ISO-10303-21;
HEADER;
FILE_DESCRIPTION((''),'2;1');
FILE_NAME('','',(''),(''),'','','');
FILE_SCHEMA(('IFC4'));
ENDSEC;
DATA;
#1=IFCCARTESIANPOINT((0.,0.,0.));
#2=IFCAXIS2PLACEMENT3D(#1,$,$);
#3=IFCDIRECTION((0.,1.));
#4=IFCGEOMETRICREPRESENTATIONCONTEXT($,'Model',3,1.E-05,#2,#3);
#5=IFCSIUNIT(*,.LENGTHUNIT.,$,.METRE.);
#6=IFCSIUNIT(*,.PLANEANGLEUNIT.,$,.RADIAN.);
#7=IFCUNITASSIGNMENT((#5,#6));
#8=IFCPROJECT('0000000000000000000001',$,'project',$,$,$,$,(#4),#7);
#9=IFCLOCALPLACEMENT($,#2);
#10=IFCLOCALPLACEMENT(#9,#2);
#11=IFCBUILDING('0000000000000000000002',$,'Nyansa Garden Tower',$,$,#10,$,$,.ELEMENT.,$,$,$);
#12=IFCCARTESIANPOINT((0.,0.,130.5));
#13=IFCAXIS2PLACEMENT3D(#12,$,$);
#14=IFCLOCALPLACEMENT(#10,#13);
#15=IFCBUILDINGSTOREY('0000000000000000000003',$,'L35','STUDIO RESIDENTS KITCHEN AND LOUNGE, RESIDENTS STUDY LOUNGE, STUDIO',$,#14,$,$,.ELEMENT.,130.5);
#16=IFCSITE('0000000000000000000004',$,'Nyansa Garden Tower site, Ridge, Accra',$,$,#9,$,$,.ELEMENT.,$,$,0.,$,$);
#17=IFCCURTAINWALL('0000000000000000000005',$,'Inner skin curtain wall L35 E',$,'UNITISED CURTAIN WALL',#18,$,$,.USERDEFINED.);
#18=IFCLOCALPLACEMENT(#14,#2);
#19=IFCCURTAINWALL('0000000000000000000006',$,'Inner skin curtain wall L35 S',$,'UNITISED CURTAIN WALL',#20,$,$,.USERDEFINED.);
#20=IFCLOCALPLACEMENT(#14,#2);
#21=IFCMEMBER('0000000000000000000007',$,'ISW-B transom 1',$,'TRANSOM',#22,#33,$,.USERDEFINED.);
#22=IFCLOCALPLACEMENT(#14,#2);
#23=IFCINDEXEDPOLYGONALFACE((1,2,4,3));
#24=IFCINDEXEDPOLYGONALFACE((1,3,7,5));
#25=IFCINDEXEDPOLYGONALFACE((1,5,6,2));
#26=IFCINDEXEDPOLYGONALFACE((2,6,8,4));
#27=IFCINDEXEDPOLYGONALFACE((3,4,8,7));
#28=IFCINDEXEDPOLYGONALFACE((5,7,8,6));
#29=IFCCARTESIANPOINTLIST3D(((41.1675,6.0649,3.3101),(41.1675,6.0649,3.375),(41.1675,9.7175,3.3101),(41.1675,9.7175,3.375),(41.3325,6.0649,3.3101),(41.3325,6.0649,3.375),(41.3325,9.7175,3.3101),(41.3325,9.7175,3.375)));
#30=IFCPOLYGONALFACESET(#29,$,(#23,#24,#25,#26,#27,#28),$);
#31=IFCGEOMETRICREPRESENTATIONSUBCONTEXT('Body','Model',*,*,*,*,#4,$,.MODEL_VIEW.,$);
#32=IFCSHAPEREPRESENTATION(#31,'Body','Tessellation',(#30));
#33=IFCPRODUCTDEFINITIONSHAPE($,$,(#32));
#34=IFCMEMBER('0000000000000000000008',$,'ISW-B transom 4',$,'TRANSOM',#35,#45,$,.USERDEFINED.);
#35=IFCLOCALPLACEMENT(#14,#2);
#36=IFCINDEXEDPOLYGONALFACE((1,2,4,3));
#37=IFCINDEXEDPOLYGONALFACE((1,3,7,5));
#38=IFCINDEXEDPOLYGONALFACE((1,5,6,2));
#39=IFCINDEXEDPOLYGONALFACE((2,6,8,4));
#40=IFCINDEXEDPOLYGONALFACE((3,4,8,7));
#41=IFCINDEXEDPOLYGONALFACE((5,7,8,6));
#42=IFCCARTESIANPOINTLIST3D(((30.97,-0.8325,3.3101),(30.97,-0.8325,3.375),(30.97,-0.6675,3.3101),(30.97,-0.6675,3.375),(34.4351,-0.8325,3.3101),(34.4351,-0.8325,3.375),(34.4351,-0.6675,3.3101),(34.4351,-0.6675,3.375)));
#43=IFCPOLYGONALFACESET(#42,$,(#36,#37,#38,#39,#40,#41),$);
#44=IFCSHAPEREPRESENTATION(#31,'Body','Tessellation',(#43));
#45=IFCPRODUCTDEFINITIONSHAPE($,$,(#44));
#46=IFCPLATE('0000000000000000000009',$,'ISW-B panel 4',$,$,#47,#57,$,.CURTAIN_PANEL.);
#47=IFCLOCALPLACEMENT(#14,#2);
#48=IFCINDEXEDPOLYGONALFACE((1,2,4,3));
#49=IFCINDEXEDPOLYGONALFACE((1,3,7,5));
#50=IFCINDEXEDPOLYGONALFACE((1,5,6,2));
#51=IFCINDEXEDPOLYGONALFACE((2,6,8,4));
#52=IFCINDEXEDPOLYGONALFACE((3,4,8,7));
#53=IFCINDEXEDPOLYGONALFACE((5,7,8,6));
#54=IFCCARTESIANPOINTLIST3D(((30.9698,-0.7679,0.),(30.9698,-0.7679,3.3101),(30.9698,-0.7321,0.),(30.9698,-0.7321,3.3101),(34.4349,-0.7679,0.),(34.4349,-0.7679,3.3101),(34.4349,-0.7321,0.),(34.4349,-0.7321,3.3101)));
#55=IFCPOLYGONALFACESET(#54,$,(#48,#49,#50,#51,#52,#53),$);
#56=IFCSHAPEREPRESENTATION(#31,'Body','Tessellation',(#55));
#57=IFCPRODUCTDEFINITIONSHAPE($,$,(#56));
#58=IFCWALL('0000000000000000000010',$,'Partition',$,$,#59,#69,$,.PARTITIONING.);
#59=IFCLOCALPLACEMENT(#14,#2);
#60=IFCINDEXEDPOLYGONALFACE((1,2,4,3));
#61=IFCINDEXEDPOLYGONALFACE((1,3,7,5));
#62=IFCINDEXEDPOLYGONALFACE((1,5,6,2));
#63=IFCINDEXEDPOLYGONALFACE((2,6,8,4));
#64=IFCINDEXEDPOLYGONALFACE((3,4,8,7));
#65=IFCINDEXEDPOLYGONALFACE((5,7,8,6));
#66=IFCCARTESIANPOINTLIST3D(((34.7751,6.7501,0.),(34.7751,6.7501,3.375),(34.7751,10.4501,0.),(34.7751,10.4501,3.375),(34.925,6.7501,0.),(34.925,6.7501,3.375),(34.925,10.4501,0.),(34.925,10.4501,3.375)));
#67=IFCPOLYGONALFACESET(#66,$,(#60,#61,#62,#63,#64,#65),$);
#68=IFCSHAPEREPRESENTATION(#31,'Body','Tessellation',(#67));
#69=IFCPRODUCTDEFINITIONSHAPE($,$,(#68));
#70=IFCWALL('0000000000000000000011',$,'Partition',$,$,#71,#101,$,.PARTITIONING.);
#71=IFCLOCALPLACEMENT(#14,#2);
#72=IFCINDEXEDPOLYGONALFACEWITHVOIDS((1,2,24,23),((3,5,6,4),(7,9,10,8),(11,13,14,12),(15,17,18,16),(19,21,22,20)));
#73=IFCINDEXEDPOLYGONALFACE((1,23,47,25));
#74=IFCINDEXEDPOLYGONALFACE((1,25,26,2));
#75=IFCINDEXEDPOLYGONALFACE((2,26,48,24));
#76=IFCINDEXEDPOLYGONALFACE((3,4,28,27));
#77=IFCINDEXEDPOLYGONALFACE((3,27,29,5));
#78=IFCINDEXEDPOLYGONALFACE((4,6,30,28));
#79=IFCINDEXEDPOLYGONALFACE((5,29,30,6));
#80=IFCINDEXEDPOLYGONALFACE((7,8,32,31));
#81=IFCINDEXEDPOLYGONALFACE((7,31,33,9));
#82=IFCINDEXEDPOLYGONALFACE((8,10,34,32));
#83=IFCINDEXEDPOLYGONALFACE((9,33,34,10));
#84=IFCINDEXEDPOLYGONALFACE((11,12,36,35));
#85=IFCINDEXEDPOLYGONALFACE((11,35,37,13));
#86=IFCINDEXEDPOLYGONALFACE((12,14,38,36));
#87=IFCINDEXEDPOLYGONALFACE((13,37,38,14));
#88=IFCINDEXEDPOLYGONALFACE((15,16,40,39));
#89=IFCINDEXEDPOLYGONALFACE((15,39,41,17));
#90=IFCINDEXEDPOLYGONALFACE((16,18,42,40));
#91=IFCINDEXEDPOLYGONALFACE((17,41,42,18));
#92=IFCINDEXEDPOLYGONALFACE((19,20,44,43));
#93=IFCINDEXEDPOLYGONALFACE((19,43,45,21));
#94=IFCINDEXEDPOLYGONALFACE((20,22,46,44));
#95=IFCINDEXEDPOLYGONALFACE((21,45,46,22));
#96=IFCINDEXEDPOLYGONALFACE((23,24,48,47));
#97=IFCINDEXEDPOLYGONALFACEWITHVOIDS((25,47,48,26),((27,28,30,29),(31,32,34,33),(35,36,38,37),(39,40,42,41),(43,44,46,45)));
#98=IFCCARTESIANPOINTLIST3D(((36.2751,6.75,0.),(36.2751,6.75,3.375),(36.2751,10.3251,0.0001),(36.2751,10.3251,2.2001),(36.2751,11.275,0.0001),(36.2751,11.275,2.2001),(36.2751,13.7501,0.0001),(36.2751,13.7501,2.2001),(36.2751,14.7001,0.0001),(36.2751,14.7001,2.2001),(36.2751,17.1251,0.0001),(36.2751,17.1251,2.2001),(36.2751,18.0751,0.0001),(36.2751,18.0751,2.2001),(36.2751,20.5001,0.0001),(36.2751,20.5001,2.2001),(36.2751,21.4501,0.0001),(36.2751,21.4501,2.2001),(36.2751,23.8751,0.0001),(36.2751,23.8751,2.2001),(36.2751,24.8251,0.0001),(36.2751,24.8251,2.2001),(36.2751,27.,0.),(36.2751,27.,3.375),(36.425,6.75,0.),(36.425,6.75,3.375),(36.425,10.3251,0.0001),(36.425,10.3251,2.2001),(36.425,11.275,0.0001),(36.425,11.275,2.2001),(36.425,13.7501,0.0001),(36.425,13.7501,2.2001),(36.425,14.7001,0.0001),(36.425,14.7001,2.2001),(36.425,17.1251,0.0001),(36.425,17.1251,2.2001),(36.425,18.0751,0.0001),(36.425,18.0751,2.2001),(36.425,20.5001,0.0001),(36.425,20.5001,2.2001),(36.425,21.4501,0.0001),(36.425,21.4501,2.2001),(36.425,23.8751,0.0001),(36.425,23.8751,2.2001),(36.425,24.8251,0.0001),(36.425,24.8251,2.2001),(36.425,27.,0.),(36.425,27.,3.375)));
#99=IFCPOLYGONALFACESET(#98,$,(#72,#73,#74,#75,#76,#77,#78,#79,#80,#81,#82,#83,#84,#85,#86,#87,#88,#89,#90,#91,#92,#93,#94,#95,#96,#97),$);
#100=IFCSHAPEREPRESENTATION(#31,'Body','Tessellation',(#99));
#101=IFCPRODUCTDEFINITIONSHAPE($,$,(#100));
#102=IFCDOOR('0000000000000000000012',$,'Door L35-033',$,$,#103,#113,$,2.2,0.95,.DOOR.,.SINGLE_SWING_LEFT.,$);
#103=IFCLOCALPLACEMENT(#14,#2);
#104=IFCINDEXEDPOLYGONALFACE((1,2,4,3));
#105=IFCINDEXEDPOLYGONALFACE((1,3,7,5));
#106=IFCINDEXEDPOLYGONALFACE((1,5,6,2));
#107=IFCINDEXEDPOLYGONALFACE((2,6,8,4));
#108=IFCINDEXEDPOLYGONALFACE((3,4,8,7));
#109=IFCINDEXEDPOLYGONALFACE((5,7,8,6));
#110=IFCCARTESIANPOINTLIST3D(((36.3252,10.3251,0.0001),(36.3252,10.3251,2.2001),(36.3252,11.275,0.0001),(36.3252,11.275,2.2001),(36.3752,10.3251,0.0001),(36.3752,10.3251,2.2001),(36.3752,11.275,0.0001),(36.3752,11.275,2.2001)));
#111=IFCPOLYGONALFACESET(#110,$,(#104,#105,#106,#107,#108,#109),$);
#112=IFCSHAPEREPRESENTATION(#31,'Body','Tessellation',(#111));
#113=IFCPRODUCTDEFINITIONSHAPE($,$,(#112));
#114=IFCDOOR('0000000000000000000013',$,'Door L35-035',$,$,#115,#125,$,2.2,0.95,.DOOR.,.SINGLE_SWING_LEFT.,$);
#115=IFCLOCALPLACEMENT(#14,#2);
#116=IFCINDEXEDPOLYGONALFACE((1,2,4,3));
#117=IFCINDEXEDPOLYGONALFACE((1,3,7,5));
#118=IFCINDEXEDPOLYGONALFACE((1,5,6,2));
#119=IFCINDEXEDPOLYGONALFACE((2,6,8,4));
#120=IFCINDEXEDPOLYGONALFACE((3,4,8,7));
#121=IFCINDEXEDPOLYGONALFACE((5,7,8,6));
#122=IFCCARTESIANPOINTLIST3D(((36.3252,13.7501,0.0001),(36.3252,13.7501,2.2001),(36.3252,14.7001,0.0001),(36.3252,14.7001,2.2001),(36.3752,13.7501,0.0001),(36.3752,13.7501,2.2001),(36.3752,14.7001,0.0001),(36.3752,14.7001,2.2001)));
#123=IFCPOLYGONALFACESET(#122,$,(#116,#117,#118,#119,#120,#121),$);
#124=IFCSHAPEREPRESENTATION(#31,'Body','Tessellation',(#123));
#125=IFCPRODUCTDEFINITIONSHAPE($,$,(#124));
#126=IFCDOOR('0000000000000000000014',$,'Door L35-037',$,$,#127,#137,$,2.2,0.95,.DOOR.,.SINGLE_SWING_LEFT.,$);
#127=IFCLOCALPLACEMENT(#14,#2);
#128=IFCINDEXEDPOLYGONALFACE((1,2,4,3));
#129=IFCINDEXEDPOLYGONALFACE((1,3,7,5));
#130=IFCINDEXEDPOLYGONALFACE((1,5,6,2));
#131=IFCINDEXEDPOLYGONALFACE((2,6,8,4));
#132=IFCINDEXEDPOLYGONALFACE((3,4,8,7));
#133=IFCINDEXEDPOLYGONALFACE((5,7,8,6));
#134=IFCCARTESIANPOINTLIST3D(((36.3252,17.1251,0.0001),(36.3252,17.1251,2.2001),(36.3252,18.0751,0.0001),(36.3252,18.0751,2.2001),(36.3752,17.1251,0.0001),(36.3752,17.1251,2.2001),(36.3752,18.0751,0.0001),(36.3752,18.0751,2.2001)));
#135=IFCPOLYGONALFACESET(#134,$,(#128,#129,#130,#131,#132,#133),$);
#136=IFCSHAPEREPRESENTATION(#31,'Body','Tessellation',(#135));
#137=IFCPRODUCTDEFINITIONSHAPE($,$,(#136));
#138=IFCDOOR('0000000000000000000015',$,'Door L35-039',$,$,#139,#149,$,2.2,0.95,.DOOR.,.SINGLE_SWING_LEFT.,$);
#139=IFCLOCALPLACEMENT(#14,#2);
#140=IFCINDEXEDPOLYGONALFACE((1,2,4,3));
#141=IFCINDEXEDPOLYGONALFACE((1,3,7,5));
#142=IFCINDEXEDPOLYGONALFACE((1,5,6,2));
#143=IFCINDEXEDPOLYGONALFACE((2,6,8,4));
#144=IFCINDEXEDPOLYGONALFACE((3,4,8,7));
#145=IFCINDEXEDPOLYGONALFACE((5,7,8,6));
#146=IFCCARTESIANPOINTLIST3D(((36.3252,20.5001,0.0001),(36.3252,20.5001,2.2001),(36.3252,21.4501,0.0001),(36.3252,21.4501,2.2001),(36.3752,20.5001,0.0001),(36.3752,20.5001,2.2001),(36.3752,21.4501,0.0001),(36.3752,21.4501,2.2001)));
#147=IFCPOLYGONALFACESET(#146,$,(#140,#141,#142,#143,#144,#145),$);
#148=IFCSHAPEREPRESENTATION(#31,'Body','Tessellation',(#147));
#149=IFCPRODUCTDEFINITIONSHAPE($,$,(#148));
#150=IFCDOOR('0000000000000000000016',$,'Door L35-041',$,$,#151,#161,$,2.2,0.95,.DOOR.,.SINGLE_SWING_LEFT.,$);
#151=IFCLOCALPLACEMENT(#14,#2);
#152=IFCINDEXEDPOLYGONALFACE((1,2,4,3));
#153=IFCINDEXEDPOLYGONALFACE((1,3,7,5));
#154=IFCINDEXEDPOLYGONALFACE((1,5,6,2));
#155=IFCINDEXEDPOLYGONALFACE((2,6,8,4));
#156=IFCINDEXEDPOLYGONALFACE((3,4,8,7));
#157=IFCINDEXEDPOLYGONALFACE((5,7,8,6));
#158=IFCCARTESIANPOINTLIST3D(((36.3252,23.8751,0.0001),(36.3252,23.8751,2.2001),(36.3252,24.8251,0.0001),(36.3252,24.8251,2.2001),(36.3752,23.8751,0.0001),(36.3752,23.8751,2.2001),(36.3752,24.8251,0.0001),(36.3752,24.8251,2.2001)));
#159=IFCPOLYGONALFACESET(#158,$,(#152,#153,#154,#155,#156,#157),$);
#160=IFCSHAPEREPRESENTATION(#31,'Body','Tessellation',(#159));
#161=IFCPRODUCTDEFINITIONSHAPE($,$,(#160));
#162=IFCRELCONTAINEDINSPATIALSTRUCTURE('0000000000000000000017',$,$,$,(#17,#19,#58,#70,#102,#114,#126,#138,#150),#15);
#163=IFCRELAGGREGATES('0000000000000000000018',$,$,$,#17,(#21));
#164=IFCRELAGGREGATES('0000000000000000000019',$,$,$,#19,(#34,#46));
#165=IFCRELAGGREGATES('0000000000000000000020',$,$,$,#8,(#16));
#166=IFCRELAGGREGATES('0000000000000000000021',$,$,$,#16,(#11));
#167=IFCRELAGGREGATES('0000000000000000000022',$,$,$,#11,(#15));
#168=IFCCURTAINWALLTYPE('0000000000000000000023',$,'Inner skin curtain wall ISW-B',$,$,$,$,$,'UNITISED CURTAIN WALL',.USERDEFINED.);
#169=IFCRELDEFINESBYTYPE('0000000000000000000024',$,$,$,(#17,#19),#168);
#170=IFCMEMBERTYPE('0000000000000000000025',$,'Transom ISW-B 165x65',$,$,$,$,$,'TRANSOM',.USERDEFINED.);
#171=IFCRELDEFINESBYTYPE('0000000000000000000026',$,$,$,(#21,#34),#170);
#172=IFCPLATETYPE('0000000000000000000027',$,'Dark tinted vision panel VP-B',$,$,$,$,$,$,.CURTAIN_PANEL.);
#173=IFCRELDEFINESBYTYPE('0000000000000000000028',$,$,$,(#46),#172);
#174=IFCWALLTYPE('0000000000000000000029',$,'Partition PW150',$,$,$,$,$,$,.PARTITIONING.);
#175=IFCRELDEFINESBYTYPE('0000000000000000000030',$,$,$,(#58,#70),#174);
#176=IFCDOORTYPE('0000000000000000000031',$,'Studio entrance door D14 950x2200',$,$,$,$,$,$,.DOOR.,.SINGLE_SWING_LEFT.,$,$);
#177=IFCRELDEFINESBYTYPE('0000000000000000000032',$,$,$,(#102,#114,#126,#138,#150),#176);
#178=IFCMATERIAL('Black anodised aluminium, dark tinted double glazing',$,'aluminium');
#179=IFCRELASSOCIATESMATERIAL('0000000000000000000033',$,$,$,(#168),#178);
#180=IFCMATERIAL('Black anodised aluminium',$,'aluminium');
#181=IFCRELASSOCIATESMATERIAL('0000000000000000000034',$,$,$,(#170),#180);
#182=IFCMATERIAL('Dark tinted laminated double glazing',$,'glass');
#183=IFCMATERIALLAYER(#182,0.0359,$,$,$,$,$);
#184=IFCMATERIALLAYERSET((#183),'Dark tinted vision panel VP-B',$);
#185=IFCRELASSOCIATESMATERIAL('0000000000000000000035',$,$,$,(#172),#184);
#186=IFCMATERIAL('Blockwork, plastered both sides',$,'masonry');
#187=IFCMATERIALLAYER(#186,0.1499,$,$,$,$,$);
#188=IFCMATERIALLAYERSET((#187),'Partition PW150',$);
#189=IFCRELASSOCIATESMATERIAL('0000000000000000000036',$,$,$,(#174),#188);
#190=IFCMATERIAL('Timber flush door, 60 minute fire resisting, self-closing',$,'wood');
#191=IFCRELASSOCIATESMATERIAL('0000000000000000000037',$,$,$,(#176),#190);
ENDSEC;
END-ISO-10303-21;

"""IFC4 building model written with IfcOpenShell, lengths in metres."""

from ifc_helpers import new_model, si_unit, direction, frame, frame_2d, origin, origin_2d, place, context, subcontext, project, spatial, rectangle, extrude, material, layer, layer_set, material_profile, profile_set, type_object, element, fill, aggregate, save


model = new_model("IFC4")

# Units and contexts
model_context = context("Model", 3, precision=1e-05, world=origin(), true_north=direction((0.0, 1.0)))
body_context = subcontext(model_context, "Body", "Model", "MODEL_VIEW")
ifc_project = project(units=[si_unit("LENGTHUNIT", "METRE"), si_unit("PLANEANGLEUNIT", "RADIAN")], contexts=[model_context])

# Site, building, storey
site_placement = place(None, origin())
site = spatial("IfcSite", under=ifc_project, at=site_placement, Name="Nyansa Garden Tower site, Ridge, Accra", CompositionType="ELEMENT", RefElevation=0.0)
building_placement = place(site_placement, origin())
building = spatial("IfcBuilding", under=site, at=building_placement, Name="Nyansa Garden Tower", CompositionType="ELEMENT")
storey_placement = place(building_placement, frame((0.0, 0.0, 130.5)))
storey = spatial("IfcBuildingStorey", under=building, at=storey_placement, Name="L35", Description="STUDIO RESIDENTS KITCHEN AND LOUNGE, RESIDENTS STUDY LOUNGE, STUDIO", CompositionType="ELEMENT", Elevation=130.5)

# Curtain wall
ifc_material_1 = material(Name="Black anodised aluminium, dark tinted double glazing", Category="aluminium")
curtain_wall_type = type_object("IfcCurtainWallType", Name="Inner skin curtain wall ISW-B", ElementType="UNITISED CURTAIN WALL", PredefinedType="USERDEFINED", material=ifc_material_1)
curtain_wall_1_placement = place(storey_placement, origin())
curtain_wall_1 = element("IfcCurtainWall", 1, at=curtain_wall_1_placement, inside=storey, type_object=curtain_wall_type, Name="Inner skin curtain wall L35 E", ObjectType="UNITISED CURTAIN WALL", PredefinedType="USERDEFINED")

# Curtain wall
curtain_wall_2_placement = place(storey_placement, origin())
curtain_wall_2 = element("IfcCurtainWall", 2, at=curtain_wall_2_placement, inside=storey, type_object=curtain_wall_type, Name="Inner skin curtain wall L35 S", ObjectType="UNITISED CURTAIN WALL", PredefinedType="USERDEFINED")

# Members
ifc_material_2 = material(Name="Black anodised aluminium", Category="aluminium")
ifc_material_profile_1 = material_profile(ifc_material_2, rectangle(XDim=0.165, YDim=0.0649, at=origin_2d()), Name="Transom 165x65")
ifc_profile_set_1 = profile_set([ifc_material_profile_1], Name="Black anodised aluminium")
member_type_1 = type_object("IfcMemberType", Name="Transom ISW-B 165x65", ElementType="TRANSOM", PredefinedType="USERDEFINED", material=ifc_profile_set_1)
member_1_placement = place(storey_placement, frame((41.25, 6.0649, 3.3425), z_axis=(0.0, 1.0, 0.0), x_axis=(-1.0, 0.0, 0.0)))
member_1 = element("IfcMember", 3, at=member_1_placement, type_object=member_type_1, Name="ISW-B transom 1", ObjectType="TRANSOM", PredefinedType="USERDEFINED", context=body_context, shape_type="SweptSolid", body=[
    extrude(rectangle(XDim=0.165, YDim=0.0649, at=origin_2d()), origin(), (0.0, 0.0, 1.0), 3.6526),
])
aggregate(curtain_wall_1, [member_1])
member_2_placement = place(storey_placement, frame((30.97, -0.75, 3.3425), z_axis=(1.0, 0.0, 0.0), x_axis=(0.0, 1.0, 0.0)))
member_2 = element("IfcMember", 4, at=member_2_placement, type_object=member_type_1, Name="ISW-B transom 4", ObjectType="TRANSOM", PredefinedType="USERDEFINED", context=body_context, shape_type="SweptSolid", body=[
    extrude(rectangle(XDim=0.165, YDim=0.0649, at=origin_2d()), origin(), (0.0, 0.0, 1.0), 3.4651),
])

# Plate
ifc_material_3 = material(Name="Dark tinted laminated double glazing", Category="glass")
ifc_layer_1 = layer(ifc_material_3, 0.0359)
ifc_layer_set_1 = layer_set([ifc_layer_1], Name="Dark tinted vision panel VP-B")
plate_type = type_object("IfcPlateType", Name="Dark tinted vision panel VP-B", PredefinedType="CURTAIN_PANEL", material=ifc_layer_set_1)
plate_placement = place(storey_placement, frame((32.7024, -0.75, 0.0), z_axis=(0.0, 0.0, 1.0), x_axis=(1.0, 0.0, 0.0)))
plate = element("IfcPlate", 5, at=plate_placement, type_object=plate_type, Name="ISW-B panel 4", PredefinedType="CURTAIN_PANEL", context=body_context, shape_type="SweptSolid", body=[
    extrude(rectangle(XDim=3.4651, YDim=0.0359, at=origin_2d()), origin(), (0.0, 0.0, 1.0), 3.3101),
])
aggregate(curtain_wall_2, [member_2, plate])

# Wall
ifc_material_4 = material(Name="Blockwork, plastered both sides", Category="masonry")
ifc_layer_2 = layer(ifc_material_4, 0.1499)
ifc_layer_set_2 = layer_set([ifc_layer_2], Name="Partition PW150")
wall_type_1 = type_object("IfcWallType", Name="Partition PW150", PredefinedType="PARTITIONING", material=ifc_layer_set_2)
wall_1_placement = place(storey_placement, frame((34.8501, 6.75, 0.0), z_axis=(0.0, 0.0, 1.0), x_axis=(0.0, 1.0, 0.0)))
element("IfcWall", 6, at=wall_1_placement, inside=storey, type_object=wall_type_1, Name="Partition", PredefinedType="PARTITIONING", context=body_context, shape_type="SweptSolid", body=[
    extrude(rectangle(XDim=3.7, YDim=0.1499, at=frame_2d((1.8501, 0.0))), origin(), (0.0, 0.0, 1.0), 3.375),
])

# Wall, openings, doors
wall_2_placement = place(storey_placement, frame((36.3501, 6.75, 0.0), z_axis=(0.0, 0.0, 1.0), x_axis=(0.0, 1.0, 0.0)))
wall_2 = element("IfcWall", 7, at=wall_2_placement, inside=storey, type_object=wall_type_1, Name="Partition", PredefinedType="PARTITIONING", context=body_context, shape_type="SweptSolid", body=[
    extrude(rectangle(XDim=20.25, YDim=0.1499, at=frame_2d((10.125, 0.0))), origin(), (0.0, 0.0, 1.0), 3.375),
])
opening_1_placement = place(wall_2_placement, frame((3.575, 0.0, 0.0)))
opening_1 = element("IfcOpeningElement", 8, at=opening_1_placement, cuts=wall_2, PredefinedType="OPENING", context=body_context, shape_type="SweptSolid", body=[
    extrude(rectangle(XDim=0.95, YDim=2.2, at=frame_2d((0.4751, 1.1001))), frame((0.0, 0.085, 0.0), z_axis=(0.0, -1.0, 0.0), x_axis=(1.0, 0.0, 0.0)), (0.0, 0.0, 1.0), 0.1699),
])
opening_2_placement = place(wall_2_placement, frame((7.0, 0.0, 0.0)))
opening_2 = element("IfcOpeningElement", 9, at=opening_2_placement, cuts=wall_2, PredefinedType="OPENING", context=body_context, shape_type="SweptSolid", body=[
    extrude(rectangle(XDim=0.95, YDim=2.2, at=frame_2d((0.4751, 1.1001))), frame((0.0, 0.085, 0.0), z_axis=(0.0, -1.0, 0.0), x_axis=(1.0, 0.0, 0.0)), (0.0, 0.0, 1.0), 0.1699),
])
opening_3_placement = place(wall_2_placement, frame((10.375, 0.0, 0.0)))
opening_3 = element("IfcOpeningElement", 10, at=opening_3_placement, cuts=wall_2, PredefinedType="OPENING", context=body_context, shape_type="SweptSolid", body=[
    extrude(rectangle(XDim=0.95, YDim=2.2, at=frame_2d((0.4751, 1.1001))), frame((0.0, 0.085, 0.0), z_axis=(0.0, -1.0, 0.0), x_axis=(1.0, 0.0, 0.0)), (0.0, 0.0, 1.0), 0.1699),
])
opening_4_placement = place(wall_2_placement, frame((13.75, 0.0, 0.0)))
opening_4 = element("IfcOpeningElement", 11, at=opening_4_placement, cuts=wall_2, PredefinedType="OPENING", context=body_context, shape_type="SweptSolid", body=[
    extrude(rectangle(XDim=0.95, YDim=2.2, at=frame_2d((0.4751, 1.1001))), frame((0.0, 0.085, 0.0), z_axis=(0.0, -1.0, 0.0), x_axis=(1.0, 0.0, 0.0)), (0.0, 0.0, 1.0), 0.1699),
])
opening_5_placement = place(wall_2_placement, frame((17.125, 0.0, 0.0)))
opening_5 = element("IfcOpeningElement", 12, at=opening_5_placement, cuts=wall_2, PredefinedType="OPENING", context=body_context, shape_type="SweptSolid", body=[
    extrude(rectangle(XDim=0.95, YDim=2.2, at=frame_2d((0.4751, 1.1001))), frame((0.0, 0.085, 0.0), z_axis=(0.0, -1.0, 0.0), x_axis=(1.0, 0.0, 0.0)), (0.0, 0.0, 1.0), 0.1699),
])
ifc_material_5 = material(Name="Timber flush door, 60 minute fire resisting, self-closing", Category="wood")
door_type = type_object("IfcDoorType", Name="Studio entrance door D14 950x2200", OperationType="SINGLE_SWING_LEFT", PredefinedType="DOOR", material=ifc_material_5)
door_1_placement = place(opening_1_placement, origin())
door_1 = element("IfcDoor", 13, at=door_1_placement, inside=storey, type_object=door_type, Name="Door L35-033", OperationType="SINGLE_SWING_LEFT", OverallHeight=2.2, OverallWidth=0.95, PredefinedType="DOOR", context=body_context, shape_type="SweptSolid", body=[
    extrude(rectangle(XDim=0.95, YDim=2.2, at=frame_2d((0.4751, 1.1001))), frame((0.0, 0.0249, 0.0), z_axis=(0.0, -1.0, 0.0), x_axis=(1.0, 0.0, 0.0)), (0.0, 0.0, 1.0), 0.05),
])
fill(opening_1, door_1)
door_2_placement = place(opening_2_placement, origin())
door_2 = element("IfcDoor", 14, at=door_2_placement, inside=storey, type_object=door_type, Name="Door L35-035", OperationType="SINGLE_SWING_LEFT", OverallHeight=2.2, OverallWidth=0.95, PredefinedType="DOOR", context=body_context, shape_type="SweptSolid", body=[
    extrude(rectangle(XDim=0.95, YDim=2.2, at=frame_2d((0.4751, 1.1001))), frame((0.0, 0.0249, 0.0), z_axis=(0.0, -1.0, 0.0), x_axis=(1.0, 0.0, 0.0)), (0.0, 0.0, 1.0), 0.05),
])
fill(opening_2, door_2)
door_3_placement = place(opening_3_placement, origin())
door_3 = element("IfcDoor", 15, at=door_3_placement, inside=storey, type_object=door_type, Name="Door L35-037", OperationType="SINGLE_SWING_LEFT", OverallHeight=2.2, OverallWidth=0.95, PredefinedType="DOOR", context=body_context, shape_type="SweptSolid", body=[
    extrude(rectangle(XDim=0.95, YDim=2.2, at=frame_2d((0.4751, 1.1001))), frame((0.0, 0.0249, 0.0), z_axis=(0.0, -1.0, 0.0), x_axis=(1.0, 0.0, 0.0)), (0.0, 0.0, 1.0), 0.05),
])
fill(opening_3, door_3)
door_4_placement = place(opening_4_placement, origin())
door_4 = element("IfcDoor", 16, at=door_4_placement, inside=storey, type_object=door_type, Name="Door L35-039", OperationType="SINGLE_SWING_LEFT", OverallHeight=2.2, OverallWidth=0.95, PredefinedType="DOOR", context=body_context, shape_type="SweptSolid", body=[
    extrude(rectangle(XDim=0.95, YDim=2.2, at=frame_2d((0.4751, 1.1001))), frame((0.0, 0.0249, 0.0), z_axis=(0.0, -1.0, 0.0), x_axis=(1.0, 0.0, 0.0)), (0.0, 0.0, 1.0), 0.05),
])
fill(opening_4, door_4)
door_5_placement = place(opening_5_placement, origin())
door_5 = element("IfcDoor", 17, at=door_5_placement, inside=storey, type_object=door_type, Name="Door L35-041", OperationType="SINGLE_SWING_LEFT", OverallHeight=2.2, OverallWidth=0.95, PredefinedType="DOOR", context=body_context, shape_type="SweptSolid", body=[
    extrude(rectangle(XDim=0.95, YDim=2.2, at=frame_2d((0.4751, 1.1001))), frame((0.0, 0.0249, 0.0), z_axis=(0.0, -1.0, 0.0), x_axis=(1.0, 0.0, 0.0)), (0.0, 0.0, 1.0), 0.05),
])
fill(opening_5, door_5)

save(model, "model.ifc")
